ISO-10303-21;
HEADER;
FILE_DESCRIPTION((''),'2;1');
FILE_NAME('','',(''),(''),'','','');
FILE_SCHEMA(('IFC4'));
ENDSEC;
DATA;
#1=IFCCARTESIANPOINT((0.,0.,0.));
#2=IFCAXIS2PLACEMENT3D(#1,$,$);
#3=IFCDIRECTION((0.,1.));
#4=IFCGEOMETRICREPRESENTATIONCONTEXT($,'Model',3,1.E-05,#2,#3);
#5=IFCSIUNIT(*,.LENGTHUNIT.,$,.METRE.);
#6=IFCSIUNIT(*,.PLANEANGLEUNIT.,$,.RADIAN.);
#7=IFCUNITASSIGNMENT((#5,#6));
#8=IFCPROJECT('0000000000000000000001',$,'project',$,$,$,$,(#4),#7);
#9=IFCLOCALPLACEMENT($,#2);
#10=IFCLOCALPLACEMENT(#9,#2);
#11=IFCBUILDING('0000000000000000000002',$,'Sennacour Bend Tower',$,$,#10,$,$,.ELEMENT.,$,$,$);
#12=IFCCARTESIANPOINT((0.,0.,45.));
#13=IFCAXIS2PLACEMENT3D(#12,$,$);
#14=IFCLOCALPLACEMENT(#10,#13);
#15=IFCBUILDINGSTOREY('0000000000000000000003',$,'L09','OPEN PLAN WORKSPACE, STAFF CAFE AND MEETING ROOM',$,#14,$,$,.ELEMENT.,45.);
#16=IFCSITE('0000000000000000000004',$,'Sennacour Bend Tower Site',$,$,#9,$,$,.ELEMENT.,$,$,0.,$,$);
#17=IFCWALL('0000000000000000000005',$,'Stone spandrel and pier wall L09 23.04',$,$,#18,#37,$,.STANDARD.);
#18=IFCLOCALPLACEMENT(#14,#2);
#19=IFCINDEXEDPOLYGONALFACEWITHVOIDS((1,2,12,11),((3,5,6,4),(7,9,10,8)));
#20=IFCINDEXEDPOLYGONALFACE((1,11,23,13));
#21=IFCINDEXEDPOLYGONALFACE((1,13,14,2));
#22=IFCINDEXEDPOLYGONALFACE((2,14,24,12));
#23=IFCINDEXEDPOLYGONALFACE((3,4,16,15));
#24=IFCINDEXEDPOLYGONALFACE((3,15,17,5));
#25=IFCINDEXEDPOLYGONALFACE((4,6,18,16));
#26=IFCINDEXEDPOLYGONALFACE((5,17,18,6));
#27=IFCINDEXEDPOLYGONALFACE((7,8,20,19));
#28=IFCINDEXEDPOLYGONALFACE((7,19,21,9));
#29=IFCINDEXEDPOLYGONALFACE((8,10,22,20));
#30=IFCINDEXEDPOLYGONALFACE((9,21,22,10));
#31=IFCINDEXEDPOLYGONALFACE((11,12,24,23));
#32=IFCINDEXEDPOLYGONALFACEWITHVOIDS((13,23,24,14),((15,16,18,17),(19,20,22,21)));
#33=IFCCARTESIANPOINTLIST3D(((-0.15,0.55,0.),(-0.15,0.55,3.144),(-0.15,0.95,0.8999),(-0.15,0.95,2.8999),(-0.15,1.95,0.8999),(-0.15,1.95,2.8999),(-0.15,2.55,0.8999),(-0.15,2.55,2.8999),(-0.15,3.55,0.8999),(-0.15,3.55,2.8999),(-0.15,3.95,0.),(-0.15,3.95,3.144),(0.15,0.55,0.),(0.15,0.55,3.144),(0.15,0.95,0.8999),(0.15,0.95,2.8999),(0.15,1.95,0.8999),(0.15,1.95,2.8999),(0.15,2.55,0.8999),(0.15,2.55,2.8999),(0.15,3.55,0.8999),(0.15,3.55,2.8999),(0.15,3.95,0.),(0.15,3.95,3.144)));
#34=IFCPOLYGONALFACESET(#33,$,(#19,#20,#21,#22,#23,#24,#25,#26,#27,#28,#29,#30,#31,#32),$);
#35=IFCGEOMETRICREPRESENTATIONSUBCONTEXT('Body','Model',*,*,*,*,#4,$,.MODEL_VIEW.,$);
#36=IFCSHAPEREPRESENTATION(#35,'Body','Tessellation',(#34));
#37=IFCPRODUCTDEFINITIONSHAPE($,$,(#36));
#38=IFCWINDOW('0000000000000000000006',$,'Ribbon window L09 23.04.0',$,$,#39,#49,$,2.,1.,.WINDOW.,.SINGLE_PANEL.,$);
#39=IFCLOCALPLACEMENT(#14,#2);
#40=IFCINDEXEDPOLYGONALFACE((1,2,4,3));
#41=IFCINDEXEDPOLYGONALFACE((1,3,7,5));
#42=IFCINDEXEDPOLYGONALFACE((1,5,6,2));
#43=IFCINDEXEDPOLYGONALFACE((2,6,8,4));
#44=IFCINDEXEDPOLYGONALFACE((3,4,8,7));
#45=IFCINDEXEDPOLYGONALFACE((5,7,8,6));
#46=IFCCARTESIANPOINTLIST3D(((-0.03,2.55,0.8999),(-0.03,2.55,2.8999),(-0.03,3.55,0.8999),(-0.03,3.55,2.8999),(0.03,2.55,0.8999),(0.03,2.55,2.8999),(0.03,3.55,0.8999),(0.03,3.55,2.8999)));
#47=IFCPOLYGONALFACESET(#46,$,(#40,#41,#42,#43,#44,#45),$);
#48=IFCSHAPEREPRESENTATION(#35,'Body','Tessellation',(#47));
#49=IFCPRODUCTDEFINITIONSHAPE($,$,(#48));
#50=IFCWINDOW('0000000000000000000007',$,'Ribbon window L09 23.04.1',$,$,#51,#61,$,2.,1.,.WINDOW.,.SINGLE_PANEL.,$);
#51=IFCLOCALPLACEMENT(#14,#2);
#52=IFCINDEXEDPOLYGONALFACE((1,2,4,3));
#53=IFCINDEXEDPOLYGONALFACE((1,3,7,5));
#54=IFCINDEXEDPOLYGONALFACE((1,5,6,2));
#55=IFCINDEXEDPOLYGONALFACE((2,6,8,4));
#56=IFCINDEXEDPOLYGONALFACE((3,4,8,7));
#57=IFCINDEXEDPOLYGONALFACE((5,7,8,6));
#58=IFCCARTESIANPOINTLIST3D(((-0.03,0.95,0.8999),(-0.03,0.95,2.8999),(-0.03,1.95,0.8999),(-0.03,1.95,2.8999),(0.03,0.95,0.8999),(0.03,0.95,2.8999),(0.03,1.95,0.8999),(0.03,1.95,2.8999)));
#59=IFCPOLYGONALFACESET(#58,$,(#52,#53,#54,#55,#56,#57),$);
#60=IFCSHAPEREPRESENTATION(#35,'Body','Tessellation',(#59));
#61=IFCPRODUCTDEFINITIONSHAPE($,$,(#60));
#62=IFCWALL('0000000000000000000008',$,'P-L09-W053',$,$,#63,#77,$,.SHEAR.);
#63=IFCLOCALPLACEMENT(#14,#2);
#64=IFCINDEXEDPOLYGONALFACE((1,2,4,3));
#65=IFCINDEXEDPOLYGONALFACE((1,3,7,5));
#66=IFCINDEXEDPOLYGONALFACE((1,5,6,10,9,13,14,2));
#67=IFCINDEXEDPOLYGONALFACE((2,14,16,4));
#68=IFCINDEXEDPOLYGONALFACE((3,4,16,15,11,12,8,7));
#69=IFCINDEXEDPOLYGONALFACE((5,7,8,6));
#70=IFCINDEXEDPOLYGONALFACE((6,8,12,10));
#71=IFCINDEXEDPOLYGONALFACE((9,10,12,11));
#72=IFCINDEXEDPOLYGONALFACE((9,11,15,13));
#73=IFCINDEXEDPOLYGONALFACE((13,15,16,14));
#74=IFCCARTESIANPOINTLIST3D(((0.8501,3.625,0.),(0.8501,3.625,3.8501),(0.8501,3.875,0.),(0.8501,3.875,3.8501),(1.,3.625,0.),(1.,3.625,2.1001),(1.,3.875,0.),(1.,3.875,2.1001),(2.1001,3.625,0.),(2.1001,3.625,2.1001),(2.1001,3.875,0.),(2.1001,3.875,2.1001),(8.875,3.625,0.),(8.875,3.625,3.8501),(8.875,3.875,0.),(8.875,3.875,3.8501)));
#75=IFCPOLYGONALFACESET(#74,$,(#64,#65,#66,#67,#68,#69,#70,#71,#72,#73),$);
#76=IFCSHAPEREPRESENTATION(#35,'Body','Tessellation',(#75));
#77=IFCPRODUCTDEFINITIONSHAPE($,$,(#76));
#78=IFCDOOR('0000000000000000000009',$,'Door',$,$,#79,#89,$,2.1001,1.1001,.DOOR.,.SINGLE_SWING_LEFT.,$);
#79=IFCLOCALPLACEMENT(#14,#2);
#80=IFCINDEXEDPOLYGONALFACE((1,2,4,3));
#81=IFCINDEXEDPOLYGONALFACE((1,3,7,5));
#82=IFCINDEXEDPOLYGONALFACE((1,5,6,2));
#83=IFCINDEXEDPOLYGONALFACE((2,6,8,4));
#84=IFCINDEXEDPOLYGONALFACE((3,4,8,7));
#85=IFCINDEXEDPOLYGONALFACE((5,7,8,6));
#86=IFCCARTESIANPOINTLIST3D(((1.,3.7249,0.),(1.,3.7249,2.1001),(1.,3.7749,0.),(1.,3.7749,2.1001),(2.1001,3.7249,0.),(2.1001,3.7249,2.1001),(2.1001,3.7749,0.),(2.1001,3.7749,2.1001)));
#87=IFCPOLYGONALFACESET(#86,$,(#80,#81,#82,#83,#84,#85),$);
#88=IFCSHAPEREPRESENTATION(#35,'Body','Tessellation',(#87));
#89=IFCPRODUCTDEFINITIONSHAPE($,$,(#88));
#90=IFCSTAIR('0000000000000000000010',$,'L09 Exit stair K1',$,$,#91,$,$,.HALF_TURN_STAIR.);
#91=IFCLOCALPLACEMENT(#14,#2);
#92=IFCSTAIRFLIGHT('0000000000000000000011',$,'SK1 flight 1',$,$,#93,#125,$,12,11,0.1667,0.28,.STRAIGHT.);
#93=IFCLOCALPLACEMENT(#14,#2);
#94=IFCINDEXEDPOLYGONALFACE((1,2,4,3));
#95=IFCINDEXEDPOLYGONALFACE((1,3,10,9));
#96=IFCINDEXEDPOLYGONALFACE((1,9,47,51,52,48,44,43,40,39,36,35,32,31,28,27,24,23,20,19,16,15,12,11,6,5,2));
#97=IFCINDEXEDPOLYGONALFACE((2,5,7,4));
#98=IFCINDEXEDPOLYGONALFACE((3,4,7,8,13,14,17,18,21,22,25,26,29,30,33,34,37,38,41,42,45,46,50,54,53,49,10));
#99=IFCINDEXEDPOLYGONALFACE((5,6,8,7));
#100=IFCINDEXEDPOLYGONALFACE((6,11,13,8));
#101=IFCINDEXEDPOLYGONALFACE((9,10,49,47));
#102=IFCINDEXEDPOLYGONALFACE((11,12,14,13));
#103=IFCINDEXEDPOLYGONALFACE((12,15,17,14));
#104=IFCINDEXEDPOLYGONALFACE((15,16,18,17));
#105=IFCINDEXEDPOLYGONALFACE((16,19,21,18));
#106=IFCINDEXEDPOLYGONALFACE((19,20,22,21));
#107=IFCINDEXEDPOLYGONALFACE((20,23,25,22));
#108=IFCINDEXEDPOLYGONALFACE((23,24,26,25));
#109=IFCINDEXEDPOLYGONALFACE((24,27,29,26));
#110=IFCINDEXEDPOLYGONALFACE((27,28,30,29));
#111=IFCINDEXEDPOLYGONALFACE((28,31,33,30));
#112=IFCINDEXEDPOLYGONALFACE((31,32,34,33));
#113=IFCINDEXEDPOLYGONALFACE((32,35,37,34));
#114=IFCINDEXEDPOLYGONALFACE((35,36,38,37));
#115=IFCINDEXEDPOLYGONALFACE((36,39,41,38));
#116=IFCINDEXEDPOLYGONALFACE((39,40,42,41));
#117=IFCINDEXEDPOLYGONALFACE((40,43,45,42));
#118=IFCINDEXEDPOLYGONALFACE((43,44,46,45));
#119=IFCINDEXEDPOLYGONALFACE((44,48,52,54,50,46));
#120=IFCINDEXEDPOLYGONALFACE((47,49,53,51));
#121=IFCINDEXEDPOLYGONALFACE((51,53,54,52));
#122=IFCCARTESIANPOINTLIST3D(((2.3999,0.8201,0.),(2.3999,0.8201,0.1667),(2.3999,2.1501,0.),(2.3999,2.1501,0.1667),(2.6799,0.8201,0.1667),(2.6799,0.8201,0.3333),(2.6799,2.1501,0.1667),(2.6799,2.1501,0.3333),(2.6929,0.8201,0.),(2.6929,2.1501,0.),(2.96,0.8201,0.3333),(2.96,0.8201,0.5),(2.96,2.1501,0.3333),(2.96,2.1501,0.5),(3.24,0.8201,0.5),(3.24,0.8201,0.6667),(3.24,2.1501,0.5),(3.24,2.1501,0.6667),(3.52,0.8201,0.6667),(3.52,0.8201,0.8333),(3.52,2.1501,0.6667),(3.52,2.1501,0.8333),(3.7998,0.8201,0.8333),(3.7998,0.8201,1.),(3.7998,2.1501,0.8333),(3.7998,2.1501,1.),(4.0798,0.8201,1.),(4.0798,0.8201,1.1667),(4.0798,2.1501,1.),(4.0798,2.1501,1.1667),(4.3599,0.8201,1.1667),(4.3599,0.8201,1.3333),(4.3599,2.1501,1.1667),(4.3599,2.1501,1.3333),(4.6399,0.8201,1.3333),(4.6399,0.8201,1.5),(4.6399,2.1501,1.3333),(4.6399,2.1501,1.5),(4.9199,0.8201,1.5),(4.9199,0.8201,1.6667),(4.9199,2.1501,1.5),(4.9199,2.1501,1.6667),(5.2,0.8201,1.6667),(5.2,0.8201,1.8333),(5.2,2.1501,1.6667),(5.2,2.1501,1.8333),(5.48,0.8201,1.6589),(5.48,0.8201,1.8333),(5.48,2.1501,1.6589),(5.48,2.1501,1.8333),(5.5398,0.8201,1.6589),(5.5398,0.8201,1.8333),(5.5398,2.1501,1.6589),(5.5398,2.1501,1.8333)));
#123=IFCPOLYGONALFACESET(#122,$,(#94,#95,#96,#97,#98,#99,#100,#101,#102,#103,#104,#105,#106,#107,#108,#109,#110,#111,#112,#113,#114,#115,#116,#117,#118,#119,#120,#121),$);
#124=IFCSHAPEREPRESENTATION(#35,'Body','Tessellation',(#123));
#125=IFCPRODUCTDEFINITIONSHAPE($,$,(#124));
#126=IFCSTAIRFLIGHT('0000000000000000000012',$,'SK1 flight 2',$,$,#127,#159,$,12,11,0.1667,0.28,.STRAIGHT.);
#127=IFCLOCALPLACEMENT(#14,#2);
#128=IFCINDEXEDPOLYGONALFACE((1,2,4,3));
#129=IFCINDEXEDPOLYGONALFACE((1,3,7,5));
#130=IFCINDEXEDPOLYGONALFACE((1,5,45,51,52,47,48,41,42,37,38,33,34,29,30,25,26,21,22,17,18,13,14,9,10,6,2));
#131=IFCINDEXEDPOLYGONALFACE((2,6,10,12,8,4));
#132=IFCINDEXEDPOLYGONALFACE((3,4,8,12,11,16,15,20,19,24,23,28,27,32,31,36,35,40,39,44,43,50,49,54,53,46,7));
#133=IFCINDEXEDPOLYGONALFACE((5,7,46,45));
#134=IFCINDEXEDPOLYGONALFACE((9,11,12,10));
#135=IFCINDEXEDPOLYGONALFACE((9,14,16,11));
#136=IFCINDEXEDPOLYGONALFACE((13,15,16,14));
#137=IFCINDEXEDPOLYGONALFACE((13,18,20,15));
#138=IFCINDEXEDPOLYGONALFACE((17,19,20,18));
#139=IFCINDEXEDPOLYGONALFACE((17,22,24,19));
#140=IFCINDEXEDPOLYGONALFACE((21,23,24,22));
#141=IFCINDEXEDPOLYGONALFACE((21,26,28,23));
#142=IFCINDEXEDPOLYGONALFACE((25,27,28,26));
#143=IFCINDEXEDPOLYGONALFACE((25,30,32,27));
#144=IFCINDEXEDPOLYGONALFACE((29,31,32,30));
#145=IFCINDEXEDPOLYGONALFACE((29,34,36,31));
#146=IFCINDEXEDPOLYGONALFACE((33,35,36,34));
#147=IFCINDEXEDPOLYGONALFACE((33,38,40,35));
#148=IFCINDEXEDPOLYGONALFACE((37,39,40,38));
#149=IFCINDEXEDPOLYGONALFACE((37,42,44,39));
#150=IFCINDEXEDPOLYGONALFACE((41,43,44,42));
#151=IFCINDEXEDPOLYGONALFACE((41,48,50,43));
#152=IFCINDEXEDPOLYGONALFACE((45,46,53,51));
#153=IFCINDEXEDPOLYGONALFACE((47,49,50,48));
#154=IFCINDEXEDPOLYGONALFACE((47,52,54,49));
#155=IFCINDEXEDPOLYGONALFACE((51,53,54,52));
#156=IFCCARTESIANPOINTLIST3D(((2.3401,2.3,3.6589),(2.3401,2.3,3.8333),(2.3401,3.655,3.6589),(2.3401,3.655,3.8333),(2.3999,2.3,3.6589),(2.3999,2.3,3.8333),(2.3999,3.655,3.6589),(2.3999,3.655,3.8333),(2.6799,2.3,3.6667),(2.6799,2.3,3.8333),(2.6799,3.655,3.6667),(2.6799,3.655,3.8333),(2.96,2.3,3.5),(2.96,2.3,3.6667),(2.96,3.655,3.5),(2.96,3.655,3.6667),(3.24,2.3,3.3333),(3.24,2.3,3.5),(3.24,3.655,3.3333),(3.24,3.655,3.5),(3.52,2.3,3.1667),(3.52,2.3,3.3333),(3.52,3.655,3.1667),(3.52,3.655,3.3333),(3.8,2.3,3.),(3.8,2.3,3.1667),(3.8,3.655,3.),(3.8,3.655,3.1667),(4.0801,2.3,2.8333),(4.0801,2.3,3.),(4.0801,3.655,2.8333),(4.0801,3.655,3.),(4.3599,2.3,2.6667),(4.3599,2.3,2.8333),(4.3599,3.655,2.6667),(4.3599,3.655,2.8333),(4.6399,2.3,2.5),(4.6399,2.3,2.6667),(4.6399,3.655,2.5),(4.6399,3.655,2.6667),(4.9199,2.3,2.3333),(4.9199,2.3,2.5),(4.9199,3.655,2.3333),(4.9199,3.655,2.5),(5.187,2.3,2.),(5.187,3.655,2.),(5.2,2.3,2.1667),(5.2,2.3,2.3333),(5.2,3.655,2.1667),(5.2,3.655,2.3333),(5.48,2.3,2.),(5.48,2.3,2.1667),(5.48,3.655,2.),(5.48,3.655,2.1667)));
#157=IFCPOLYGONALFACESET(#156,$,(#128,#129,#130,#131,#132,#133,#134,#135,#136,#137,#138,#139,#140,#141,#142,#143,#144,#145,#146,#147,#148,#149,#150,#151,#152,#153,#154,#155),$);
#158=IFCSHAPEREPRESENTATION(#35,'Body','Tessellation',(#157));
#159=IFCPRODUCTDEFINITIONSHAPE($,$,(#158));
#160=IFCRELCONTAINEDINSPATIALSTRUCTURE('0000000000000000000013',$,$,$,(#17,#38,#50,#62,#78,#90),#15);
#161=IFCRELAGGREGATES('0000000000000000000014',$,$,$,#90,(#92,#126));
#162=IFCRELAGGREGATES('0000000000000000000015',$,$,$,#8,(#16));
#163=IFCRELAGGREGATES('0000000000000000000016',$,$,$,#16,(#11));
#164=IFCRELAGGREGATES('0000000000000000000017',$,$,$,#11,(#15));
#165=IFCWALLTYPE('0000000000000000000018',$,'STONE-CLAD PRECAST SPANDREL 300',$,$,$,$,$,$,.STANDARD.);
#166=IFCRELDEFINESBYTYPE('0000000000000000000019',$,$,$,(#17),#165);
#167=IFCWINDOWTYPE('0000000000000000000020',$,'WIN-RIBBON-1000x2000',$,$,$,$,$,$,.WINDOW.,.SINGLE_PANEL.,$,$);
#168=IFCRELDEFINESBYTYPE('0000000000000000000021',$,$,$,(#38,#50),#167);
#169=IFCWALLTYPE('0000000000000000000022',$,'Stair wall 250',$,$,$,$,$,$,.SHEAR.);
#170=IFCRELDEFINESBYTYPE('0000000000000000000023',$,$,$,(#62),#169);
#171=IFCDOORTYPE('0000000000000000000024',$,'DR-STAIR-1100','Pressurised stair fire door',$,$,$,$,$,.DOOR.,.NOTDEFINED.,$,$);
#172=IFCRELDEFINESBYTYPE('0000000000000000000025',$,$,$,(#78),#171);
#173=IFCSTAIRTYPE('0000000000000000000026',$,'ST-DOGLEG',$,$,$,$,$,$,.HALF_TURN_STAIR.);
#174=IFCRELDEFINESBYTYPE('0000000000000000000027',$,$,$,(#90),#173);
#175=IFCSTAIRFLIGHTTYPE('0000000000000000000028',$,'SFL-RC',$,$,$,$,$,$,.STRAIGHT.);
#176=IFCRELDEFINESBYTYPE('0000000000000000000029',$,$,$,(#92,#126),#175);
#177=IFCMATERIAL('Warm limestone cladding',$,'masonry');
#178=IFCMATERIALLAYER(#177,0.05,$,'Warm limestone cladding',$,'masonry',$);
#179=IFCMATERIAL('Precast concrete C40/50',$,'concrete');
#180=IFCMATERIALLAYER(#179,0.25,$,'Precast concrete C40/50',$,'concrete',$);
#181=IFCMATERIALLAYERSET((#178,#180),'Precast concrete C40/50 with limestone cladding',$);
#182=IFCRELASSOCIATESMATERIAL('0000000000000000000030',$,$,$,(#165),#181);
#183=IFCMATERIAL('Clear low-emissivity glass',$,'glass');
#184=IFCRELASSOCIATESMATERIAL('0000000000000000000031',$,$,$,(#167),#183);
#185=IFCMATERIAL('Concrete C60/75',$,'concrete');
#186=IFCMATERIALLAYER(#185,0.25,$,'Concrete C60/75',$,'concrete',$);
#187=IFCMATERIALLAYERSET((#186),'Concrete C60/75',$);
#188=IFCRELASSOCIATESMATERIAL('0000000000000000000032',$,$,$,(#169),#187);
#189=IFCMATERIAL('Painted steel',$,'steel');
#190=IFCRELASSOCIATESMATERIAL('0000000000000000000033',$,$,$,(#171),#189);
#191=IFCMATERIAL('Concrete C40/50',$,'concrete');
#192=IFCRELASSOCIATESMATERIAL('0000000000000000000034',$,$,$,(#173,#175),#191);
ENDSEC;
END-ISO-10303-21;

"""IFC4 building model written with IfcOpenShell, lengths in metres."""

from ifc_helpers import new_model, si_unit, direction, frame, frame_2d, origin, place, context, subcontext, project, spatial, polyline, rectangle, outline, extrude, material, layer, layer_set, type_object, element, fill, aggregate, save


model = new_model("IFC4")

# Units and contexts
model_context = context("Model", 3, precision=1e-05, world=origin(), true_north=direction((0.0, 1.0)))
body_context = subcontext(model_context, "Body", "Model", "MODEL_VIEW")
ifc_project = project(units=[si_unit("LENGTHUNIT", "METRE"), si_unit("PLANEANGLEUNIT", "RADIAN")], contexts=[model_context])

# Site, building, storey
site_placement = place(None, origin())
site = spatial("IfcSite", under=ifc_project, at=site_placement, Name="Sennacour Bend Tower Site", CompositionType="ELEMENT", RefElevation=0.0)
building_placement = place(site_placement, origin())
building = spatial("IfcBuilding", under=site, at=building_placement, Name="Sennacour Bend Tower", CompositionType="ELEMENT")
storey_placement = place(building_placement, frame((0.0, 0.0, 45.0)))
storey = spatial("IfcBuildingStorey", under=building, at=storey_placement, Name="L09", Description="OPEN PLAN WORKSPACE, STAFF CAFE AND MEETING ROOM", CompositionType="ELEMENT", Elevation=45.0)

# Wall, openings, windows
ifc_material_1 = material(Name="Warm limestone cladding", Category="masonry")
ifc_layer_1 = layer(ifc_material_1, 0.05, Name="Warm limestone cladding", Category="masonry")
ifc_material_2 = material(Name="Precast concrete C40/50", Category="concrete")
ifc_layer_2 = layer(ifc_material_2, 0.25, Name="Precast concrete C40/50", Category="concrete")
ifc_layer_set_1 = layer_set([ifc_layer_1, ifc_layer_2], Name="Precast concrete C40/50 with limestone cladding")
wall_type_1 = type_object("IfcWallType", Name="STONE-CLAD PRECAST SPANDREL 300", PredefinedType="STANDARD", material=ifc_layer_set_1)
ifc_material_3 = material(Name="Clear low-emissivity glass", Category="glass")
window_type = type_object("IfcWindowType", Name="WIN-RIBBON-1000x2000", PartitioningType="SINGLE_PANEL", PredefinedType="WINDOW", material=ifc_material_3)
wall_1_placement = place(storey_placement, frame((0.0, 3.95, 0.0), z_axis=(0.0, 0.0, 1.0), x_axis=(0.0, -1.0, 0.0)))
wall_1 = element("IfcWall", 1, at=wall_1_placement, inside=storey, type_object=wall_type_1, Name="Stone spandrel and pier wall L09 23.04", PredefinedType="STANDARD", context=body_context, shape_type="SweptSolid", body=[
    extrude(rectangle(XDim=3.3999, YDim=0.3, at=frame_2d((1.7, 0.0))), origin(), (0.0, 0.0, 1.0), 3.144),
])
opening_1_placement = place(wall_1_placement, frame((0.3999, 0.0, 0.8999)))
opening_1 = element("IfcOpeningElement", 2, at=opening_1_placement, cuts=wall_1, PredefinedType="OPENING", context=body_context, shape_type="SweptSolid", body=[
    extrude(rectangle(XDim=1.0, YDim=2.0, at=frame_2d((0.5, 1.0))), frame((0.0, 0.1602, 0.0), z_axis=(0.0, -1.0, 0.0), x_axis=(1.0, 0.0, 0.0)), (0.0, 0.0, 1.0), 0.3201),
])
opening_2_placement = place(wall_1_placement, frame((2.0, 0.0, 0.8999)))
opening_2 = element("IfcOpeningElement", 3, at=opening_2_placement, cuts=wall_1, PredefinedType="OPENING", context=body_context, shape_type="SweptSolid", body=[
    extrude(rectangle(XDim=1.0, YDim=2.0, at=frame_2d((0.5, 1.0))), frame((0.0, 0.1602, 0.0), z_axis=(0.0, -1.0, 0.0), x_axis=(1.0, 0.0, 0.0)), (0.0, 0.0, 1.0), 0.3201),
])
window_1_placement = place(opening_1_placement, origin())
window_1 = element("IfcWindow", 4, at=window_1_placement, inside=storey, type_object=window_type, Name="Ribbon window L09 23.04.0", OverallHeight=2.0, OverallWidth=1.0, PartitioningType="SINGLE_PANEL", PredefinedType="WINDOW", context=body_context, shape_type="SweptSolid", body=[
    extrude(rectangle(XDim=1.0, YDim=2.0, at=frame_2d((0.5, 1.0))), frame((0.0, 0.03, 0.0), z_axis=(0.0, -1.0, 0.0), x_axis=(1.0, 0.0, 0.0)), (0.0, 0.0, 1.0), 0.0601),
])
fill(opening_1, window_1)
window_2_placement = place(opening_2_placement, origin())
window_2 = element("IfcWindow", 5, at=window_2_placement, inside=storey, type_object=window_type, Name="Ribbon window L09 23.04.1", OverallHeight=2.0, OverallWidth=1.0, PartitioningType="SINGLE_PANEL", PredefinedType="WINDOW", context=body_context, shape_type="SweptSolid", body=[
    extrude(rectangle(XDim=1.0, YDim=2.0, at=frame_2d((0.5, 1.0))), frame((0.0, 0.03, 0.0), z_axis=(0.0, -1.0, 0.0), x_axis=(1.0, 0.0, 0.0)), (0.0, 0.0, 1.0), 0.0601),
])
fill(opening_2, window_2)

# Wall, opening, door
ifc_material_4 = material(Name="Concrete C60/75", Category="concrete")
ifc_layer_3 = layer(ifc_material_4, 0.25, Name="Concrete C60/75", Category="concrete")
ifc_layer_set_2 = layer_set([ifc_layer_3], Name="Concrete C60/75")
wall_type_2 = type_object("IfcWallType", Name="Stair wall 250", PredefinedType="SHEAR", material=ifc_layer_set_2)
wall_2_placement = place(storey_placement, frame((0.8501, 3.75, 0.0), z_axis=(0.0, 0.0, 1.0), x_axis=(1.0, 0.0, 0.0)))
wall_2 = element("IfcWall", 6, at=wall_2_placement, inside=storey, type_object=wall_type_2, Name="P-L09-W053", PredefinedType="SHEAR", context=body_context, shape_type="SweptSolid", body=[
    extrude(rectangle(XDim=8.0249, YDim=0.25, at=frame_2d((4.0125, 0.0))), origin(), (0.0, 0.0, 1.0), 3.8501),
])
opening_3_placement = place(wall_2_placement, frame((0.1499, 0.0, 0.0)))
opening_3 = element("IfcOpeningElement", 7, at=opening_3_placement, cuts=wall_2, PredefinedType="OPENING", context=body_context, shape_type="SweptSolid", body=[
    extrude(rectangle(XDim=1.1001, YDim=2.1001, at=frame_2d((0.55, 1.05))), frame((0.0, 0.135, 0.0), z_axis=(0.0, -1.0, 0.0), x_axis=(1.0, 0.0, 0.0)), (0.0, 0.0, 1.0), 0.27),
])
ifc_material_5 = material(Name="Painted steel", Category="steel")
door_type = type_object("IfcDoorType", Name="DR-STAIR-1100", Description="Pressurised stair fire door", OperationType="NOTDEFINED", PredefinedType="DOOR", material=ifc_material_5)
door_placement = place(opening_3_placement, origin())
door = element("IfcDoor", 8, at=door_placement, inside=storey, type_object=door_type, Name="Door", OperationType="SINGLE_SWING_LEFT", OverallHeight=2.1001, OverallWidth=1.1001, PredefinedType="DOOR", context=body_context, shape_type="SweptSolid", body=[
    extrude(rectangle(XDim=1.1001, YDim=2.1001, at=frame_2d((0.55, 1.05))), frame((0.0, 0.0249, 0.0), z_axis=(0.0, -1.0, 0.0), x_axis=(1.0, 0.0, 0.0)), (0.0, 0.0, 1.0), 0.05),
])
fill(opening_3, door)

# Stair, stair flights
ifc_material_6 = material(Name="Concrete C40/50", Category="concrete")
stair_type = type_object("IfcStairType", Name="ST-DOGLEG", PredefinedType="HALF_TURN_STAIR", material=ifc_material_6)
stair_placement = place(storey_placement, origin())
stair = element("IfcStair", 9, at=stair_placement, inside=storey, type_object=stair_type, Name="L09 Exit stair K1", PredefinedType="HALF_TURN_STAIR")
stair_flight_type = type_object("IfcStairFlightType", Name="SFL-RC", PredefinedType="STRAIGHT", material=ifc_material_6)
stair_flight_1_placement = place(storey_placement, frame((2.3999, 1.4851, 0.0), z_axis=(0.0, 0.0, 1.0), x_axis=(1.0, 0.0, 0.0)))
stair_flight_1 = element("IfcStairFlight", 10, at=stair_flight_1_placement, type_object=stair_flight_type, Name="SK1 flight 1", NumberOfRisers=12, NumberOfTreads=11, PredefinedType="STRAIGHT", RiserHeight=0.1667, TreadLength=0.28, context=body_context, shape_type="SweptSolid", body=[
    extrude(outline(polyline([(0.0, 0.0), (0.0, 0.1667), (0.28, 0.1667), (0.28, 0.3333), (0.5601, 0.3333), (0.5601, 0.5), (0.8401, 0.5), (0.8401, 0.6667), (1.1201, 0.6667), (1.1201, 0.8333), (1.3999, 0.8333), (1.3999, 1.0), (1.6799, 1.0), (1.6799, 1.1667), (1.96, 1.1667), (1.96, 1.3333), (2.24, 1.3333), (2.24, 1.5), (2.52, 1.5), (2.52, 1.6667), (2.8, 1.6667), (2.8, 1.8333), (3.0801, 1.8333), (3.1399, 1.8333), (3.1399, 1.6589), (3.0801, 1.6589), (0.293, 0.0), (0.0, 0.0)])), frame((0.0, 0.665, 0.0), z_axis=(0.0, -1.0, 0.0), x_axis=(1.0, 0.0, 0.0)), (0.0, 0.0, 1.0), 1.3301),
])
stair_flight_2_placement = place(storey_placement, frame((5.48, 2.9775, 2.0), z_axis=(0.0, 0.0, 1.0), x_axis=(-1.0, 0.0, 0.0)))
stair_flight_2 = element("IfcStairFlight", 11, at=stair_flight_2_placement, type_object=stair_flight_type, Name="SK1 flight 2", NumberOfRisers=12, NumberOfTreads=11, PredefinedType="STRAIGHT", RiserHeight=0.1667, TreadLength=0.28, context=body_context, shape_type="SweptSolid", body=[
    extrude(outline(polyline([(0.0, 0.0), (0.0, 0.1667), (0.28, 0.1667), (0.28, 0.3333), (0.5601, 0.3333), (0.5601, 0.5), (0.8401, 0.5), (0.8401, 0.6667), (1.1201, 0.6667), (1.1201, 0.8333), (1.3999, 0.8333), (1.3999, 1.0), (1.6799, 1.0), (1.6799, 1.1667), (1.96, 1.1667), (1.96, 1.3333), (2.24, 1.3333), (2.24, 1.5), (2.52, 1.5), (2.52, 1.6667), (2.8, 1.6667), (2.8, 1.8333), (3.0801, 1.8333), (3.1399, 1.8333), (3.1399, 1.6589), (3.0801, 1.6589), (0.293, 0.0), (0.0, 0.0)])), frame((0.0, 0.6775, 0.0), z_axis=(0.0, -1.0, 0.0), x_axis=(1.0, 0.0, 0.0)), (0.0, 0.0, 1.0), 1.355),
])
aggregate(stair, [stair_flight_1, stair_flight_2])

save(model, "model.ifc")
